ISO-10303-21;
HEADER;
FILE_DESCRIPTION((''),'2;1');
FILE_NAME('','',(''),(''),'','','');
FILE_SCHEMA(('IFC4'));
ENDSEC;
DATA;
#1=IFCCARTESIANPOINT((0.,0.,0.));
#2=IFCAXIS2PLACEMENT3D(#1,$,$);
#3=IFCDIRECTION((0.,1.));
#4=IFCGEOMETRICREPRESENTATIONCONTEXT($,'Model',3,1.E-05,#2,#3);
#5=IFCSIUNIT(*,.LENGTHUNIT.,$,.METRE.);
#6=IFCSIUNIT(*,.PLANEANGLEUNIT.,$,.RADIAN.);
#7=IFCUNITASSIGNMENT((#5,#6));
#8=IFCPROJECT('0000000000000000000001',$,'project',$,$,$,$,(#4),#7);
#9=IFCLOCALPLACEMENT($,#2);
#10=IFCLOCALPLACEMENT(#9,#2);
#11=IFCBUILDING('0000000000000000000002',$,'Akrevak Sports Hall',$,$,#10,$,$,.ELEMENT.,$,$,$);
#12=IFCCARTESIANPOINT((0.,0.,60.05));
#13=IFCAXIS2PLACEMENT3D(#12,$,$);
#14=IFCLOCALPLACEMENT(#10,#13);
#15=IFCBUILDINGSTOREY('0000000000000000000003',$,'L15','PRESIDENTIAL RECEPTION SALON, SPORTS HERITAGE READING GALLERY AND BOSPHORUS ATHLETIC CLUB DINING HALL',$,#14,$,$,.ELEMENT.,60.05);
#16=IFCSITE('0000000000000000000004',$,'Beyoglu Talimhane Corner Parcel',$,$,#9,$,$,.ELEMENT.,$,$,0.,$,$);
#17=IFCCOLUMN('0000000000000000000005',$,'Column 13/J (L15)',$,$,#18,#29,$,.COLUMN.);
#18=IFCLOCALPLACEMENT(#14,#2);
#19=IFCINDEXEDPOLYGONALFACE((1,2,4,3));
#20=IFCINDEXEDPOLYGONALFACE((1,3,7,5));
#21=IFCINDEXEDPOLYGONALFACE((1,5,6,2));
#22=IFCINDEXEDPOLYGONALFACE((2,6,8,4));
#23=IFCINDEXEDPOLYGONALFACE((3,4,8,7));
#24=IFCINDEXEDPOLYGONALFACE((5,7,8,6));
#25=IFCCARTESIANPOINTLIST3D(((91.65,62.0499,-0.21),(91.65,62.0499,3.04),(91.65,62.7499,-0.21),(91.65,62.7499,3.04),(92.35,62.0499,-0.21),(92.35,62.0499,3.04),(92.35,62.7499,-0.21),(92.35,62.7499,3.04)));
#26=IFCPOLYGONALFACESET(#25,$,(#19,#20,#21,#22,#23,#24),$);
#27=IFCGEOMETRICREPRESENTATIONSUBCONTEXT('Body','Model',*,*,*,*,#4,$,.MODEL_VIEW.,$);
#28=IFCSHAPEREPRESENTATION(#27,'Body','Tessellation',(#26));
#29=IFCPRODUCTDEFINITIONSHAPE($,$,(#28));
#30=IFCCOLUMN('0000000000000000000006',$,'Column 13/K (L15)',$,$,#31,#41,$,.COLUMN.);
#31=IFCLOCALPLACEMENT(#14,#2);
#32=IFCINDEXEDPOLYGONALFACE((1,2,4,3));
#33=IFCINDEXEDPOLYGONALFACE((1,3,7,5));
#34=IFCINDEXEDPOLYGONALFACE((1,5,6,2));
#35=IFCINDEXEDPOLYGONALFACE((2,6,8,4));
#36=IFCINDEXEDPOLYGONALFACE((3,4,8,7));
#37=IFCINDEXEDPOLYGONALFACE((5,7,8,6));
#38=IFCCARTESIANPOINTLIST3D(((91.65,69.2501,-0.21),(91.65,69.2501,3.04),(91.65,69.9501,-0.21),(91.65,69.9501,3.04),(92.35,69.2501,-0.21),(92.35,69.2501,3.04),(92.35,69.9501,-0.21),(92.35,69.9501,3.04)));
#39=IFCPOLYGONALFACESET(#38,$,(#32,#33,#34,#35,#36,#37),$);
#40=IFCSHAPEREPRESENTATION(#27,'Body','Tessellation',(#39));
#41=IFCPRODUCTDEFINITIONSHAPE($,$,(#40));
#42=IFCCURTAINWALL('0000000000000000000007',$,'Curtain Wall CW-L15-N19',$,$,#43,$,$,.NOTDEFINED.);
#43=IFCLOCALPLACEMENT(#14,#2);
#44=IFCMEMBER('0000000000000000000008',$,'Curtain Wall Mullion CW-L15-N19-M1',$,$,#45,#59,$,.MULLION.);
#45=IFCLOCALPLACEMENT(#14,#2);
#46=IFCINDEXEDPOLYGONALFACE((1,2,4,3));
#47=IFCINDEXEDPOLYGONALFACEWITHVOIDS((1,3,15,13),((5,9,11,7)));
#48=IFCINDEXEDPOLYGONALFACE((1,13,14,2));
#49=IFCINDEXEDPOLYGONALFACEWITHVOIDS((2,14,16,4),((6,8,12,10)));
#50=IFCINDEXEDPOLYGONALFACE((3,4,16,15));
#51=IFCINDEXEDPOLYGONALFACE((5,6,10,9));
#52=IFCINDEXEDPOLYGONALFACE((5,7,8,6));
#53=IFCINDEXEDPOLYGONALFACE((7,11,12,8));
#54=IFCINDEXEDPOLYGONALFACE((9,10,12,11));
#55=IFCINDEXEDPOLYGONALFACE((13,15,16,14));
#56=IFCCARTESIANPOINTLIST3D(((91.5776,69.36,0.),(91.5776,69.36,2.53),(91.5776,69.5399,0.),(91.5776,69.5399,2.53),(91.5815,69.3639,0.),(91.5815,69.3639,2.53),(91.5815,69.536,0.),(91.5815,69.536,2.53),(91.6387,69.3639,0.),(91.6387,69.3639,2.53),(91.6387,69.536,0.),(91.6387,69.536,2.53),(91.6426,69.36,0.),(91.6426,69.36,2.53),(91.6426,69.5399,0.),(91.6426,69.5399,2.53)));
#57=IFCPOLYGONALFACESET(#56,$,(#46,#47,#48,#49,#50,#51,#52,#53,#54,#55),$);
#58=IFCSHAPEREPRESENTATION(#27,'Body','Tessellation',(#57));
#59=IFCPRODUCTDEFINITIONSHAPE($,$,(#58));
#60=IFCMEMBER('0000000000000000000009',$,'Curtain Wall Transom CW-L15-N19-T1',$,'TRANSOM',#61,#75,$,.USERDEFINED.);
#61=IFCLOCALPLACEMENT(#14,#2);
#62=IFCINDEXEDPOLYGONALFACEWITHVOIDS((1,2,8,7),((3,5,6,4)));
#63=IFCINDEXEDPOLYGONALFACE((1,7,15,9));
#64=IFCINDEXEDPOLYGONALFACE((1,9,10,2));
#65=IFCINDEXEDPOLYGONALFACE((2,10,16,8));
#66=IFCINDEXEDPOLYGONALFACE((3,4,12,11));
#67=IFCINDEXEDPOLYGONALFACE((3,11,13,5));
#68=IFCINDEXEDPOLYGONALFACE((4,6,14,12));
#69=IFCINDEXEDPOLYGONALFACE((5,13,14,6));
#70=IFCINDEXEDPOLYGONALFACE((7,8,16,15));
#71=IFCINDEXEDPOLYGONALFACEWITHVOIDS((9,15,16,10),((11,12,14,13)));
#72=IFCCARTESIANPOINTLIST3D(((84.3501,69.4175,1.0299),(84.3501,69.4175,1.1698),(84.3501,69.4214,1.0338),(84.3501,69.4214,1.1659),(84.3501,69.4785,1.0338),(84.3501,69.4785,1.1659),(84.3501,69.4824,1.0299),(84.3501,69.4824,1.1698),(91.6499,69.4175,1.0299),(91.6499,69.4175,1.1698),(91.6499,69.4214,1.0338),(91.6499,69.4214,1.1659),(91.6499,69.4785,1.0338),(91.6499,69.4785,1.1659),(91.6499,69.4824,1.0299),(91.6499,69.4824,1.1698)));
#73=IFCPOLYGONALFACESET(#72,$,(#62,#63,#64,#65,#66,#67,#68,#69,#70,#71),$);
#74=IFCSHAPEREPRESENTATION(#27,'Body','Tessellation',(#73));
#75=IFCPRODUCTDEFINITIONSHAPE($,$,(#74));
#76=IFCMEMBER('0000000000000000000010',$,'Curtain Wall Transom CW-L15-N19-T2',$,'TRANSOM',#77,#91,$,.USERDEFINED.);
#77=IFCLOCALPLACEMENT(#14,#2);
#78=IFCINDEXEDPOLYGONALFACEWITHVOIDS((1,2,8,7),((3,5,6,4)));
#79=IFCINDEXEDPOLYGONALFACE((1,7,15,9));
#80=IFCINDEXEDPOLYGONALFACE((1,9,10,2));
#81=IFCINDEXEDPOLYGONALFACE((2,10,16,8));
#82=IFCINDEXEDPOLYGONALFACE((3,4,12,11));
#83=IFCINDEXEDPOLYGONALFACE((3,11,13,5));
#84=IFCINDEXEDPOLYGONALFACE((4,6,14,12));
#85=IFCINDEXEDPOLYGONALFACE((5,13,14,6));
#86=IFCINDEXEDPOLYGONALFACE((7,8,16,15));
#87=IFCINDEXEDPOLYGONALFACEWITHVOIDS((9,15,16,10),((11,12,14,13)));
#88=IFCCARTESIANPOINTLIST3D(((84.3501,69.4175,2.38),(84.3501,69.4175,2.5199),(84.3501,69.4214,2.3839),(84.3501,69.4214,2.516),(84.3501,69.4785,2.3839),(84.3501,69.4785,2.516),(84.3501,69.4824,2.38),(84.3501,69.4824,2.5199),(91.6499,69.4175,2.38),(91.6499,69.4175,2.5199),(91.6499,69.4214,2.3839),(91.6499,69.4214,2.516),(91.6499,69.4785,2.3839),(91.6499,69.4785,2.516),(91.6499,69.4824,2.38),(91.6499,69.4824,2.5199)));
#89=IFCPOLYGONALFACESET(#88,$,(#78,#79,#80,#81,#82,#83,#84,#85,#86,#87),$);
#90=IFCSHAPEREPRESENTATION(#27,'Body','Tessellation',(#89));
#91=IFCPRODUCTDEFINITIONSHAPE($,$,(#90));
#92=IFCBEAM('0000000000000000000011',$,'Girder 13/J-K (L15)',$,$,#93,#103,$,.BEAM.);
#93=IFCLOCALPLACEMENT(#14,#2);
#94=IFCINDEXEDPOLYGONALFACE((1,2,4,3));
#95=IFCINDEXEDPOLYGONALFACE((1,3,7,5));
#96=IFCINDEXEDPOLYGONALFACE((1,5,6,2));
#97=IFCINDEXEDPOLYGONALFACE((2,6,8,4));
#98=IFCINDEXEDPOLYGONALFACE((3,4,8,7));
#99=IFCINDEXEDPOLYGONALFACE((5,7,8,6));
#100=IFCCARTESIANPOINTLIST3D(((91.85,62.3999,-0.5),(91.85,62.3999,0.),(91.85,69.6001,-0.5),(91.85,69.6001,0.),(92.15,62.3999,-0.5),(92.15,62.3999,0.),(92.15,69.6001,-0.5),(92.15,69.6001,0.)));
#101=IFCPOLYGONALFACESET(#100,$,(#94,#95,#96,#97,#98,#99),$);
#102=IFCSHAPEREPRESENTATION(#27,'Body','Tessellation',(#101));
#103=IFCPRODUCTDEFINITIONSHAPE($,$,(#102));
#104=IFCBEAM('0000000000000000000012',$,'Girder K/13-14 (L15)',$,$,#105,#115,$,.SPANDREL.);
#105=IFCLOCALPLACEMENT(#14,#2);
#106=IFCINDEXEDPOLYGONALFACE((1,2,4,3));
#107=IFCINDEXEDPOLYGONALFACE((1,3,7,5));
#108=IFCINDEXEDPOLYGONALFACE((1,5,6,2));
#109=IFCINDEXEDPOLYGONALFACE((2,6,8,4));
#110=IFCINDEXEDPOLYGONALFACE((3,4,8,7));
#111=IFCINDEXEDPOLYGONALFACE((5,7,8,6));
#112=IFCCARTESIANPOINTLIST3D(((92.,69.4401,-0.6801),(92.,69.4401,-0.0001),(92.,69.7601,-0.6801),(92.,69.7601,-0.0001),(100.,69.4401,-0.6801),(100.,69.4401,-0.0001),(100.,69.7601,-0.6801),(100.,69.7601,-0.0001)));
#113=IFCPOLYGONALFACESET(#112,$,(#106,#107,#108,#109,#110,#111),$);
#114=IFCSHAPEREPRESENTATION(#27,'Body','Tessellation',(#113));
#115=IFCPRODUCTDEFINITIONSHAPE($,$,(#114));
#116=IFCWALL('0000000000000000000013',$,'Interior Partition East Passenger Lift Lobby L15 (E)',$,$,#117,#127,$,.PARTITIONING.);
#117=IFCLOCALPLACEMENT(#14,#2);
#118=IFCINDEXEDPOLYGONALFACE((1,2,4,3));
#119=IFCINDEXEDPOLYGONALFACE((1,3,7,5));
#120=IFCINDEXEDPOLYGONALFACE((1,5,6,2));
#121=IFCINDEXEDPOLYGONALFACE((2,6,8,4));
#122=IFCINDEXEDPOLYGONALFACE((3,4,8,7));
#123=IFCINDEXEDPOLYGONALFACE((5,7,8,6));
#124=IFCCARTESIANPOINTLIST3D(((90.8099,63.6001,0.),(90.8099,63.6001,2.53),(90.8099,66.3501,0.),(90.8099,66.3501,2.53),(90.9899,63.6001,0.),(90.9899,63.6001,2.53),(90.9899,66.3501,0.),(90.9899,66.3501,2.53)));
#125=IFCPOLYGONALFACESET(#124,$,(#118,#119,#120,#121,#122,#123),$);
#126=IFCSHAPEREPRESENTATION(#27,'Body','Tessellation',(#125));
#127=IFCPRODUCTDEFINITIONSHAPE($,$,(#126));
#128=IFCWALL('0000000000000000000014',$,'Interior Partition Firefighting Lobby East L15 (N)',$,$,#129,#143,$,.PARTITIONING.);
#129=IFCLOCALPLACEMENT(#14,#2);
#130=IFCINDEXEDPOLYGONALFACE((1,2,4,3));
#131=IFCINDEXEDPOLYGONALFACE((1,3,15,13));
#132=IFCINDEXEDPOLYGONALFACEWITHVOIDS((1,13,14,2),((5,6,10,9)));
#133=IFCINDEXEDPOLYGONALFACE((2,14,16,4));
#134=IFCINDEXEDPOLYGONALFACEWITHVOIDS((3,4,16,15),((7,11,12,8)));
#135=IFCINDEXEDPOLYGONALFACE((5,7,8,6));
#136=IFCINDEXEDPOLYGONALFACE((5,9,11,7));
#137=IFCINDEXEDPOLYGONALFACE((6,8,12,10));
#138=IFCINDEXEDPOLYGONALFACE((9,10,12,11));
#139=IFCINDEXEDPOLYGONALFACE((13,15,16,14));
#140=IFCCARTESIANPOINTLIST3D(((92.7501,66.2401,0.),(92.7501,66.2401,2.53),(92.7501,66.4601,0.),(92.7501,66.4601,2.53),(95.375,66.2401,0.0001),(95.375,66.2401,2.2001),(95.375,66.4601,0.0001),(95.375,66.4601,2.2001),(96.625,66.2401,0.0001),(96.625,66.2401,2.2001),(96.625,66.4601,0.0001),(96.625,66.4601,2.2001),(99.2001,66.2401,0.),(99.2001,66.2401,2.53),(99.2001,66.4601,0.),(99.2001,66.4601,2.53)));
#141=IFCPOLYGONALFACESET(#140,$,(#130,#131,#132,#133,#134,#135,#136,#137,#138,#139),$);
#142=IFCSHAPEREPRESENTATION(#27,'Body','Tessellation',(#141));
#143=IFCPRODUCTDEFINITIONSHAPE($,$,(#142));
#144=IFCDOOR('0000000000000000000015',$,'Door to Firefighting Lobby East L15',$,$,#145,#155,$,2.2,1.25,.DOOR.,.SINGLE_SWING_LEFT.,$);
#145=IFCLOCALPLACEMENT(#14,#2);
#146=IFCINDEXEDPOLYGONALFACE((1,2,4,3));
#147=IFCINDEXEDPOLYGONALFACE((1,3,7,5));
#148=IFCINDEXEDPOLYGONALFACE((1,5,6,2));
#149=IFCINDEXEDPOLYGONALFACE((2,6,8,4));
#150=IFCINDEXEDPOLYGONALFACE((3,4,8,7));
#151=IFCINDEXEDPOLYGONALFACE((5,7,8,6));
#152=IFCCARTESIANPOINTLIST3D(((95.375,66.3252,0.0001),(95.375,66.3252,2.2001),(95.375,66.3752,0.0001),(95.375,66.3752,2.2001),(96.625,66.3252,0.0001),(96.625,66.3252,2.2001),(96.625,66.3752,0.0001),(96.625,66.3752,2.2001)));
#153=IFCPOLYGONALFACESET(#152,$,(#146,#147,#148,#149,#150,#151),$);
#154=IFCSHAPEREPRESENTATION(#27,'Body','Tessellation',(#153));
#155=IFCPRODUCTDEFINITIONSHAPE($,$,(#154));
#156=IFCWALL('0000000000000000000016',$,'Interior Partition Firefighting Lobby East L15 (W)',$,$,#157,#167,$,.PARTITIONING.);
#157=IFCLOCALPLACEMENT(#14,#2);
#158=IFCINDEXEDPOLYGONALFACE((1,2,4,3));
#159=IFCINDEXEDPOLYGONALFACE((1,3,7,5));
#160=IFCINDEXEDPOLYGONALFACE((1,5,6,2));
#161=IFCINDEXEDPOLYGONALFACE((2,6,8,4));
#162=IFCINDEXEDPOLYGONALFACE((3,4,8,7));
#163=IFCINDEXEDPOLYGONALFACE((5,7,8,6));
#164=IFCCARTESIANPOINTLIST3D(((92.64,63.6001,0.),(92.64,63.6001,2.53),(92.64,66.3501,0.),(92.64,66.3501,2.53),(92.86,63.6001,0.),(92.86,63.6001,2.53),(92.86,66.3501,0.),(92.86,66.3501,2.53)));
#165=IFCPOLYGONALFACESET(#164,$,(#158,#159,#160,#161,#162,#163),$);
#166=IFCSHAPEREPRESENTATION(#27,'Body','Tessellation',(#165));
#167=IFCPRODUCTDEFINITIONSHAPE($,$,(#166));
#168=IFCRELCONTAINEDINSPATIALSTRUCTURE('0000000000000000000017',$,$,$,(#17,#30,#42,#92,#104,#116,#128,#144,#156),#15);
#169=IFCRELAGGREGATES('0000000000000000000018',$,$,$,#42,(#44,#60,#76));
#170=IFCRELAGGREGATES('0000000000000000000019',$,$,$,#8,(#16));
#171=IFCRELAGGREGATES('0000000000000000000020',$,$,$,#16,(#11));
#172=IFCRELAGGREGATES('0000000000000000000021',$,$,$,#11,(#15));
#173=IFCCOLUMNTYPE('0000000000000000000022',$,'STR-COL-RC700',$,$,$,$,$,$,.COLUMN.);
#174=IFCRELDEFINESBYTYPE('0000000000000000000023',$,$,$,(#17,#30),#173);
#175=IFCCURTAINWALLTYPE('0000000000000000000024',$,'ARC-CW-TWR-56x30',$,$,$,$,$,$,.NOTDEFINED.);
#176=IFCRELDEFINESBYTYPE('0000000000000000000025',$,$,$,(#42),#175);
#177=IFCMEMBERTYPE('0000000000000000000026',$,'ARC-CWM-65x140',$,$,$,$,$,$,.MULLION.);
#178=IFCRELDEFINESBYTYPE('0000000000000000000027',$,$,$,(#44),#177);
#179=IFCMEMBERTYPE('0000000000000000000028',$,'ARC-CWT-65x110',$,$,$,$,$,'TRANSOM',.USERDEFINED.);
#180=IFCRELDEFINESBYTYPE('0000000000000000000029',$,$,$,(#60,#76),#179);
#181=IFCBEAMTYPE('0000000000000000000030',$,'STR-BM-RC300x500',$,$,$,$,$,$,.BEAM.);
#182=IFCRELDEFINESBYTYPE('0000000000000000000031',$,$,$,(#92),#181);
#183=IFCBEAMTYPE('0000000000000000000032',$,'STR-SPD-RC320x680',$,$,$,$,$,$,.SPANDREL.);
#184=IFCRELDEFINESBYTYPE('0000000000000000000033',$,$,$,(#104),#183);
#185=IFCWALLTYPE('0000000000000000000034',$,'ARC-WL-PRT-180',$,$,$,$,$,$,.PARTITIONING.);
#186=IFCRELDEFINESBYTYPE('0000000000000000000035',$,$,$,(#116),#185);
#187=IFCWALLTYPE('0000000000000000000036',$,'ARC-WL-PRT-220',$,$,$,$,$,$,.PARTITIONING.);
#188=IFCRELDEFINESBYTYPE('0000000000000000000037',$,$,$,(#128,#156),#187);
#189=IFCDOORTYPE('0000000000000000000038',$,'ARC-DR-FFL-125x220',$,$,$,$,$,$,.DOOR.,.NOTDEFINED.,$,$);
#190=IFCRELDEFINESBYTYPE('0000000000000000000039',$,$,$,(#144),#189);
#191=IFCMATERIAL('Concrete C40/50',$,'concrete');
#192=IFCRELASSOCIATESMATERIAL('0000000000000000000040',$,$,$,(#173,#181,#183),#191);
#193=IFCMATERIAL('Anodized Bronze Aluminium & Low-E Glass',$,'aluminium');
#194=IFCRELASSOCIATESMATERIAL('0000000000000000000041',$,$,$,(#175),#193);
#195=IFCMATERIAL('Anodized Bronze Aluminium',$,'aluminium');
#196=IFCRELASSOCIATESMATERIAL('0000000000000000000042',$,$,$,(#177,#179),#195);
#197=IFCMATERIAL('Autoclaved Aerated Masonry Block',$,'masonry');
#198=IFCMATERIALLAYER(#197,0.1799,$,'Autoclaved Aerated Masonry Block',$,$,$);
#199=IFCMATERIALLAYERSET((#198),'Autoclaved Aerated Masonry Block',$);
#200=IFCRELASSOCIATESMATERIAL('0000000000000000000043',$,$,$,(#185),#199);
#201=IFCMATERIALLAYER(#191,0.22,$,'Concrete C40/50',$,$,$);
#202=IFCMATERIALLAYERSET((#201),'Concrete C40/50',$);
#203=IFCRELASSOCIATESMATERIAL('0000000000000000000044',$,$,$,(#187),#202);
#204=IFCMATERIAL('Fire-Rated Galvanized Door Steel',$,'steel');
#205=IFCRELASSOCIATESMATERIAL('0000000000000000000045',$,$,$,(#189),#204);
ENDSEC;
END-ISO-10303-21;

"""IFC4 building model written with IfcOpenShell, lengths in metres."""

from ifc_helpers import new_model, si_unit, direction, frame, frame_2d, origin, origin_2d, place, context, subcontext, project, spatial, rectangle, hollow_rectangle, extrude, material, layer, layer_set, material_profile, profile_set, type_object, element, fill, aggregate, save


model = new_model("IFC4")

# Units and contexts
model_context = context("Model", 3, precision=1e-05, world=origin(), true_north=direction((0.0, 1.0)))
body_context = subcontext(model_context, "Body", "Model", "MODEL_VIEW")
ifc_project = project(units=[si_unit("LENGTHUNIT", "METRE"), si_unit("PLANEANGLEUNIT", "RADIAN")], contexts=[model_context])

# Site, building, storey
site_placement = place(None, origin())
site = spatial("IfcSite", under=ifc_project, at=site_placement, Name="Beyoglu Talimhane Corner Parcel", CompositionType="ELEMENT", RefElevation=0.0)
building_placement = place(site_placement, origin())
building = spatial("IfcBuilding", under=site, at=building_placement, Name="Akrevak Sports Hall", CompositionType="ELEMENT")
storey_placement = place(building_placement, frame((0.0, 0.0, 60.05)))
storey = spatial("IfcBuildingStorey", under=building, at=storey_placement, Name="L15", Description="PRESIDENTIAL RECEPTION SALON, SPORTS HERITAGE READING GALLERY AND BOSPHORUS ATHLETIC CLUB DINING HALL", CompositionType="ELEMENT", Elevation=60.05)

# Columns
ifc_material_1 = material(Name="Concrete C40/50", Category="concrete")
ifc_material_profile_1 = material_profile(ifc_material_1, rectangle(XDim=0.7, YDim=0.7, at=origin_2d()), Name="RC 700x700", Category="concrete")
ifc_profile_set_1 = profile_set([ifc_material_profile_1], Name="Concrete C40/50")
column_type = type_object("IfcColumnType", Name="STR-COL-RC700", PredefinedType="COLUMN", material=ifc_profile_set_1)
for number, where, z_axis, x_axis, name in (
    (1, (92.0, 62.3999, -0.21), (0.0, 0.0, 1.0), (1.0, 0.0, 0.0), "Column 13/J (L15)"),
    (2, (92.0, 69.6001, -0.21), (0.0, 0.0, 1.0), (1.0, 0.0, 0.0), "Column 13/K (L15)"),
):
    element("IfcColumn", number, at=place(storey_placement, frame(where, z_axis=z_axis, x_axis=x_axis)), inside=storey, type_object=column_type, Name=name, PredefinedType="COLUMN", context=body_context, shape_type="SweptSolid", body=[
        extrude(rectangle(XDim=0.7, YDim=0.7, at=origin_2d()), origin(), (0.0, 0.0, 1.0), 3.25),
    ])

# Curtain wall, members
ifc_material_2 = material(Name="Anodized Bronze Aluminium & Low-E Glass", Category="aluminium")
curtain_wall_type = type_object("IfcCurtainWallType", Name="ARC-CW-TWR-56x30", PredefinedType="NOTDEFINED", material=ifc_material_2)
curtain_wall_placement = place(storey_placement, origin())
curtain_wall = element("IfcCurtainWall", 3, at=curtain_wall_placement, inside=storey, type_object=curtain_wall_type, Name="Curtain Wall CW-L15-N19", PredefinedType="NOTDEFINED")
ifc_material_3 = material(Name="Anodized Bronze Aluminium", Category="aluminium")
ifc_material_profile_2 = material_profile(ifc_material_3, hollow_rectangle(XDim=0.0649, YDim=0.1799, WallThickness=0.0039, at=origin_2d()), Name="CWM 65x180", Category="aluminium")
ifc_profile_set_2 = profile_set([ifc_material_profile_2], Name="Anodized Bronze Aluminium")
member_type_1 = type_object("IfcMemberType", Name="ARC-CWM-65x140", PredefinedType="MULLION", material=ifc_profile_set_2)
member_1_placement = place(storey_placement, frame((91.6101, 69.45, 0.0), z_axis=(0.0, 0.0, 1.0), x_axis=(-1.0, 0.0, 0.0)))
member_1 = element("IfcMember", 4, at=member_1_placement, type_object=member_type_1, Name="Curtain Wall Mullion CW-L15-N19-M1", PredefinedType="MULLION", context=body_context, shape_type="SweptSolid", body=[
    extrude(hollow_rectangle(XDim=0.0649, YDim=0.1799, WallThickness=0.0039, at=origin_2d()), origin(), (0.0, 0.0, 1.0), 2.53),
])
ifc_material_profile_3 = material_profile(ifc_material_3, hollow_rectangle(XDim=0.0649, YDim=0.1399, WallThickness=0.0039, at=origin_2d()), Name="CWT 65x140", Category="aluminium")
ifc_profile_set_3 = profile_set([ifc_material_profile_3], Name="Anodized Bronze Aluminium")
member_type_2 = type_object("IfcMemberType", Name="ARC-CWT-65x110", ElementType="TRANSOM", PredefinedType="USERDEFINED", material=ifc_profile_set_3)
member_2_placement = place(storey_placement, frame((91.6499, 69.45, 1.0999), z_axis=(-1.0, 0.0, 0.0), x_axis=(0.0, -1.0, 0.0)))
member_2 = element("IfcMember", 5, at=member_2_placement, type_object=member_type_2, Name="Curtain Wall Transom CW-L15-N19-T1", ObjectType="TRANSOM", PredefinedType="USERDEFINED", context=body_context, shape_type="SweptSolid", body=[
    extrude(hollow_rectangle(XDim=0.0649, YDim=0.1399, WallThickness=0.0039, at=origin_2d()), origin(), (0.0, 0.0, 1.0), 7.2998),
])
member_3_placement = place(storey_placement, frame((91.6499, 69.45, 2.45), z_axis=(-1.0, 0.0, 0.0), x_axis=(0.0, -1.0, 0.0)))
member_3 = element("IfcMember", 6, at=member_3_placement, type_object=member_type_2, Name="Curtain Wall Transom CW-L15-N19-T2", ObjectType="TRANSOM", PredefinedType="USERDEFINED", context=body_context, shape_type="SweptSolid", body=[
    extrude(hollow_rectangle(XDim=0.0649, YDim=0.1399, WallThickness=0.0039, at=origin_2d()), origin(), (0.0, 0.0, 1.0), 7.2998),
])
aggregate(curtain_wall, [member_1, member_2, member_3])

# Beams
ifc_material_profile_4 = material_profile(ifc_material_1, rectangle(XDim=0.3, YDim=0.5, at=origin_2d()), Name="BM 300x500", Category="concrete")
ifc_profile_set_4 = profile_set([ifc_material_profile_4], Name="Concrete C40/50")
beam_type_1 = type_object("IfcBeamType", Name="STR-BM-RC300x500", PredefinedType="BEAM", material=ifc_profile_set_4)
beam_1_placement = place(storey_placement, frame((92.0, 62.3999, -0.25), z_axis=(0.0, 1.0, 0.0), x_axis=(-1.0, 0.0, 0.0)))
element("IfcBeam", 7, at=beam_1_placement, inside=storey, type_object=beam_type_1, Name="Girder 13/J-K (L15)", PredefinedType="BEAM", context=body_context, shape_type="SweptSolid", body=[
    extrude(rectangle(XDim=0.3, YDim=0.5, at=origin_2d()), origin(), (0.0, 0.0, 1.0), 7.2002),
])
ifc_material_profile_5 = material_profile(ifc_material_1, rectangle(XDim=0.3201, YDim=0.6799, at=origin_2d()), Name="SPD 320x680", Category="concrete")
ifc_profile_set_5 = profile_set([ifc_material_profile_5], Name="Concrete C40/50")
beam_type_2 = type_object("IfcBeamType", Name="STR-SPD-RC320x680", PredefinedType="SPANDREL", material=ifc_profile_set_5)
beam_2_placement = place(storey_placement, frame((92.0, 69.6001, -0.3401), z_axis=(1.0, 0.0, 0.0), x_axis=(0.0, 1.0, 0.0)))
element("IfcBeam", 8, at=beam_2_placement, inside=storey, type_object=beam_type_2, Name="Girder K/13-14 (L15)", PredefinedType="SPANDREL", context=body_context, shape_type="SweptSolid", body=[
    extrude(rectangle(XDim=0.3201, YDim=0.6799, at=origin_2d()), origin(), (0.0, 0.0, 1.0), 8.0),
])

# Wall
ifc_material_4 = material(Name="Autoclaved Aerated Masonry Block", Category="masonry")
ifc_layer_1 = layer(ifc_material_4, 0.1799, Name="Autoclaved Aerated Masonry Block")
ifc_layer_set_1 = layer_set([ifc_layer_1], Name="Autoclaved Aerated Masonry Block")
wall_type_1 = type_object("IfcWallType", Name="ARC-WL-PRT-180", PredefinedType="PARTITIONING", material=ifc_layer_set_1)
wall_1_placement = place(storey_placement, frame((90.8999, 63.6001, 0.0), z_axis=(0.0, 0.0, 1.0), x_axis=(0.0, 1.0, 0.0)))
element("IfcWall", 9, at=wall_1_placement, inside=storey, type_object=wall_type_1, Name="Interior Partition East Passenger Lift Lobby L15 (E)", PredefinedType="PARTITIONING", context=body_context, shape_type="SweptSolid", body=[
    extrude(rectangle(XDim=2.75, YDim=0.1799, at=frame_2d((1.375, 0.0))), origin(), (0.0, 0.0, 1.0), 2.53),
])

# Wall, opening, door
ifc_layer_2 = layer(ifc_material_1, 0.22, Name="Concrete C40/50")
ifc_layer_set_2 = layer_set([ifc_layer_2], Name="Concrete C40/50")
wall_type_2 = type_object("IfcWallType", Name="ARC-WL-PRT-220", PredefinedType="PARTITIONING", material=ifc_layer_set_2)
wall_2_placement = place(storey_placement, frame((92.75, 66.3501, 0.0), z_axis=(0.0, 0.0, 1.0), x_axis=(1.0, 0.0, 0.0)))
wall_2 = element("IfcWall", 10, at=wall_2_placement, inside=storey, type_object=wall_type_2, Name="Interior Partition Firefighting Lobby East L15 (N)", PredefinedType="PARTITIONING", context=body_context, shape_type="SweptSolid", body=[
    extrude(rectangle(XDim=6.45, YDim=0.22, at=frame_2d((3.2251, 0.0))), origin(), (0.0, 0.0, 1.0), 2.53),
])
opening_1_placement = place(wall_2_placement, frame((2.625, 0.0, 0.0)))
opening_1 = element("IfcOpeningElement", 11, at=opening_1_placement, cuts=wall_2, PredefinedType="OPENING", context=body_context, shape_type="SweptSolid", body=[
    extrude(rectangle(XDim=1.25, YDim=2.2, at=frame_2d((0.625, 1.1001))), frame((0.0, 0.1221, 0.0), z_axis=(0.0, -1.0, 0.0), x_axis=(1.0, 0.0, 0.0)), (0.0, 0.0, 1.0), 0.2439),
])
ifc_material_5 = material(Name="Fire-Rated Galvanized Door Steel", Category="steel")
door_type_1 = type_object("IfcDoorType", Name="ARC-DR-FFL-125x220", OperationType="NOTDEFINED", PredefinedType="DOOR", material=ifc_material_5)
door_1_placement = place(opening_1_placement, frame((1.25, 0.0, 0.0), z_axis=(0.0, 0.0, 1.0), x_axis=(-1.0, 0.0, 0.0)))
door_1 = element("IfcDoor", 12, at=door_1_placement, inside=storey, type_object=door_type_1, Name="Door to Firefighting Lobby East L15", OperationType="SINGLE_SWING_LEFT", OverallHeight=2.2, OverallWidth=1.25, PredefinedType="DOOR", context=body_context, shape_type="SweptSolid", body=[
    extrude(rectangle(XDim=1.25, YDim=2.2, at=frame_2d((0.625, 1.1001))), frame((0.0, 0.0249, 0.0), z_axis=(0.0, -1.0, 0.0), x_axis=(1.0, 0.0, 0.0)), (0.0, 0.0, 1.0), 0.05),
])
fill(opening_1, door_1)

# Wall
wall_3_placement = place(storey_placement, frame((92.75, 63.6001, 0.0), z_axis=(0.0, 0.0, 1.0), x_axis=(0.0, 1.0, 0.0)))
element("IfcWall", 13, at=wall_3_placement, inside=storey, type_object=wall_type_2, Name="Interior Partition Firefighting Lobby East L15 (W)", PredefinedType="PARTITIONING", context=body_context, shape_type="SweptSolid", body=[
    extrude(rectangle(XDim=2.75, YDim=0.22, at=frame_2d((1.375, 0.0))), origin(), (0.0, 0.0, 1.0), 2.53),
])

save(model, "model.ifc")
